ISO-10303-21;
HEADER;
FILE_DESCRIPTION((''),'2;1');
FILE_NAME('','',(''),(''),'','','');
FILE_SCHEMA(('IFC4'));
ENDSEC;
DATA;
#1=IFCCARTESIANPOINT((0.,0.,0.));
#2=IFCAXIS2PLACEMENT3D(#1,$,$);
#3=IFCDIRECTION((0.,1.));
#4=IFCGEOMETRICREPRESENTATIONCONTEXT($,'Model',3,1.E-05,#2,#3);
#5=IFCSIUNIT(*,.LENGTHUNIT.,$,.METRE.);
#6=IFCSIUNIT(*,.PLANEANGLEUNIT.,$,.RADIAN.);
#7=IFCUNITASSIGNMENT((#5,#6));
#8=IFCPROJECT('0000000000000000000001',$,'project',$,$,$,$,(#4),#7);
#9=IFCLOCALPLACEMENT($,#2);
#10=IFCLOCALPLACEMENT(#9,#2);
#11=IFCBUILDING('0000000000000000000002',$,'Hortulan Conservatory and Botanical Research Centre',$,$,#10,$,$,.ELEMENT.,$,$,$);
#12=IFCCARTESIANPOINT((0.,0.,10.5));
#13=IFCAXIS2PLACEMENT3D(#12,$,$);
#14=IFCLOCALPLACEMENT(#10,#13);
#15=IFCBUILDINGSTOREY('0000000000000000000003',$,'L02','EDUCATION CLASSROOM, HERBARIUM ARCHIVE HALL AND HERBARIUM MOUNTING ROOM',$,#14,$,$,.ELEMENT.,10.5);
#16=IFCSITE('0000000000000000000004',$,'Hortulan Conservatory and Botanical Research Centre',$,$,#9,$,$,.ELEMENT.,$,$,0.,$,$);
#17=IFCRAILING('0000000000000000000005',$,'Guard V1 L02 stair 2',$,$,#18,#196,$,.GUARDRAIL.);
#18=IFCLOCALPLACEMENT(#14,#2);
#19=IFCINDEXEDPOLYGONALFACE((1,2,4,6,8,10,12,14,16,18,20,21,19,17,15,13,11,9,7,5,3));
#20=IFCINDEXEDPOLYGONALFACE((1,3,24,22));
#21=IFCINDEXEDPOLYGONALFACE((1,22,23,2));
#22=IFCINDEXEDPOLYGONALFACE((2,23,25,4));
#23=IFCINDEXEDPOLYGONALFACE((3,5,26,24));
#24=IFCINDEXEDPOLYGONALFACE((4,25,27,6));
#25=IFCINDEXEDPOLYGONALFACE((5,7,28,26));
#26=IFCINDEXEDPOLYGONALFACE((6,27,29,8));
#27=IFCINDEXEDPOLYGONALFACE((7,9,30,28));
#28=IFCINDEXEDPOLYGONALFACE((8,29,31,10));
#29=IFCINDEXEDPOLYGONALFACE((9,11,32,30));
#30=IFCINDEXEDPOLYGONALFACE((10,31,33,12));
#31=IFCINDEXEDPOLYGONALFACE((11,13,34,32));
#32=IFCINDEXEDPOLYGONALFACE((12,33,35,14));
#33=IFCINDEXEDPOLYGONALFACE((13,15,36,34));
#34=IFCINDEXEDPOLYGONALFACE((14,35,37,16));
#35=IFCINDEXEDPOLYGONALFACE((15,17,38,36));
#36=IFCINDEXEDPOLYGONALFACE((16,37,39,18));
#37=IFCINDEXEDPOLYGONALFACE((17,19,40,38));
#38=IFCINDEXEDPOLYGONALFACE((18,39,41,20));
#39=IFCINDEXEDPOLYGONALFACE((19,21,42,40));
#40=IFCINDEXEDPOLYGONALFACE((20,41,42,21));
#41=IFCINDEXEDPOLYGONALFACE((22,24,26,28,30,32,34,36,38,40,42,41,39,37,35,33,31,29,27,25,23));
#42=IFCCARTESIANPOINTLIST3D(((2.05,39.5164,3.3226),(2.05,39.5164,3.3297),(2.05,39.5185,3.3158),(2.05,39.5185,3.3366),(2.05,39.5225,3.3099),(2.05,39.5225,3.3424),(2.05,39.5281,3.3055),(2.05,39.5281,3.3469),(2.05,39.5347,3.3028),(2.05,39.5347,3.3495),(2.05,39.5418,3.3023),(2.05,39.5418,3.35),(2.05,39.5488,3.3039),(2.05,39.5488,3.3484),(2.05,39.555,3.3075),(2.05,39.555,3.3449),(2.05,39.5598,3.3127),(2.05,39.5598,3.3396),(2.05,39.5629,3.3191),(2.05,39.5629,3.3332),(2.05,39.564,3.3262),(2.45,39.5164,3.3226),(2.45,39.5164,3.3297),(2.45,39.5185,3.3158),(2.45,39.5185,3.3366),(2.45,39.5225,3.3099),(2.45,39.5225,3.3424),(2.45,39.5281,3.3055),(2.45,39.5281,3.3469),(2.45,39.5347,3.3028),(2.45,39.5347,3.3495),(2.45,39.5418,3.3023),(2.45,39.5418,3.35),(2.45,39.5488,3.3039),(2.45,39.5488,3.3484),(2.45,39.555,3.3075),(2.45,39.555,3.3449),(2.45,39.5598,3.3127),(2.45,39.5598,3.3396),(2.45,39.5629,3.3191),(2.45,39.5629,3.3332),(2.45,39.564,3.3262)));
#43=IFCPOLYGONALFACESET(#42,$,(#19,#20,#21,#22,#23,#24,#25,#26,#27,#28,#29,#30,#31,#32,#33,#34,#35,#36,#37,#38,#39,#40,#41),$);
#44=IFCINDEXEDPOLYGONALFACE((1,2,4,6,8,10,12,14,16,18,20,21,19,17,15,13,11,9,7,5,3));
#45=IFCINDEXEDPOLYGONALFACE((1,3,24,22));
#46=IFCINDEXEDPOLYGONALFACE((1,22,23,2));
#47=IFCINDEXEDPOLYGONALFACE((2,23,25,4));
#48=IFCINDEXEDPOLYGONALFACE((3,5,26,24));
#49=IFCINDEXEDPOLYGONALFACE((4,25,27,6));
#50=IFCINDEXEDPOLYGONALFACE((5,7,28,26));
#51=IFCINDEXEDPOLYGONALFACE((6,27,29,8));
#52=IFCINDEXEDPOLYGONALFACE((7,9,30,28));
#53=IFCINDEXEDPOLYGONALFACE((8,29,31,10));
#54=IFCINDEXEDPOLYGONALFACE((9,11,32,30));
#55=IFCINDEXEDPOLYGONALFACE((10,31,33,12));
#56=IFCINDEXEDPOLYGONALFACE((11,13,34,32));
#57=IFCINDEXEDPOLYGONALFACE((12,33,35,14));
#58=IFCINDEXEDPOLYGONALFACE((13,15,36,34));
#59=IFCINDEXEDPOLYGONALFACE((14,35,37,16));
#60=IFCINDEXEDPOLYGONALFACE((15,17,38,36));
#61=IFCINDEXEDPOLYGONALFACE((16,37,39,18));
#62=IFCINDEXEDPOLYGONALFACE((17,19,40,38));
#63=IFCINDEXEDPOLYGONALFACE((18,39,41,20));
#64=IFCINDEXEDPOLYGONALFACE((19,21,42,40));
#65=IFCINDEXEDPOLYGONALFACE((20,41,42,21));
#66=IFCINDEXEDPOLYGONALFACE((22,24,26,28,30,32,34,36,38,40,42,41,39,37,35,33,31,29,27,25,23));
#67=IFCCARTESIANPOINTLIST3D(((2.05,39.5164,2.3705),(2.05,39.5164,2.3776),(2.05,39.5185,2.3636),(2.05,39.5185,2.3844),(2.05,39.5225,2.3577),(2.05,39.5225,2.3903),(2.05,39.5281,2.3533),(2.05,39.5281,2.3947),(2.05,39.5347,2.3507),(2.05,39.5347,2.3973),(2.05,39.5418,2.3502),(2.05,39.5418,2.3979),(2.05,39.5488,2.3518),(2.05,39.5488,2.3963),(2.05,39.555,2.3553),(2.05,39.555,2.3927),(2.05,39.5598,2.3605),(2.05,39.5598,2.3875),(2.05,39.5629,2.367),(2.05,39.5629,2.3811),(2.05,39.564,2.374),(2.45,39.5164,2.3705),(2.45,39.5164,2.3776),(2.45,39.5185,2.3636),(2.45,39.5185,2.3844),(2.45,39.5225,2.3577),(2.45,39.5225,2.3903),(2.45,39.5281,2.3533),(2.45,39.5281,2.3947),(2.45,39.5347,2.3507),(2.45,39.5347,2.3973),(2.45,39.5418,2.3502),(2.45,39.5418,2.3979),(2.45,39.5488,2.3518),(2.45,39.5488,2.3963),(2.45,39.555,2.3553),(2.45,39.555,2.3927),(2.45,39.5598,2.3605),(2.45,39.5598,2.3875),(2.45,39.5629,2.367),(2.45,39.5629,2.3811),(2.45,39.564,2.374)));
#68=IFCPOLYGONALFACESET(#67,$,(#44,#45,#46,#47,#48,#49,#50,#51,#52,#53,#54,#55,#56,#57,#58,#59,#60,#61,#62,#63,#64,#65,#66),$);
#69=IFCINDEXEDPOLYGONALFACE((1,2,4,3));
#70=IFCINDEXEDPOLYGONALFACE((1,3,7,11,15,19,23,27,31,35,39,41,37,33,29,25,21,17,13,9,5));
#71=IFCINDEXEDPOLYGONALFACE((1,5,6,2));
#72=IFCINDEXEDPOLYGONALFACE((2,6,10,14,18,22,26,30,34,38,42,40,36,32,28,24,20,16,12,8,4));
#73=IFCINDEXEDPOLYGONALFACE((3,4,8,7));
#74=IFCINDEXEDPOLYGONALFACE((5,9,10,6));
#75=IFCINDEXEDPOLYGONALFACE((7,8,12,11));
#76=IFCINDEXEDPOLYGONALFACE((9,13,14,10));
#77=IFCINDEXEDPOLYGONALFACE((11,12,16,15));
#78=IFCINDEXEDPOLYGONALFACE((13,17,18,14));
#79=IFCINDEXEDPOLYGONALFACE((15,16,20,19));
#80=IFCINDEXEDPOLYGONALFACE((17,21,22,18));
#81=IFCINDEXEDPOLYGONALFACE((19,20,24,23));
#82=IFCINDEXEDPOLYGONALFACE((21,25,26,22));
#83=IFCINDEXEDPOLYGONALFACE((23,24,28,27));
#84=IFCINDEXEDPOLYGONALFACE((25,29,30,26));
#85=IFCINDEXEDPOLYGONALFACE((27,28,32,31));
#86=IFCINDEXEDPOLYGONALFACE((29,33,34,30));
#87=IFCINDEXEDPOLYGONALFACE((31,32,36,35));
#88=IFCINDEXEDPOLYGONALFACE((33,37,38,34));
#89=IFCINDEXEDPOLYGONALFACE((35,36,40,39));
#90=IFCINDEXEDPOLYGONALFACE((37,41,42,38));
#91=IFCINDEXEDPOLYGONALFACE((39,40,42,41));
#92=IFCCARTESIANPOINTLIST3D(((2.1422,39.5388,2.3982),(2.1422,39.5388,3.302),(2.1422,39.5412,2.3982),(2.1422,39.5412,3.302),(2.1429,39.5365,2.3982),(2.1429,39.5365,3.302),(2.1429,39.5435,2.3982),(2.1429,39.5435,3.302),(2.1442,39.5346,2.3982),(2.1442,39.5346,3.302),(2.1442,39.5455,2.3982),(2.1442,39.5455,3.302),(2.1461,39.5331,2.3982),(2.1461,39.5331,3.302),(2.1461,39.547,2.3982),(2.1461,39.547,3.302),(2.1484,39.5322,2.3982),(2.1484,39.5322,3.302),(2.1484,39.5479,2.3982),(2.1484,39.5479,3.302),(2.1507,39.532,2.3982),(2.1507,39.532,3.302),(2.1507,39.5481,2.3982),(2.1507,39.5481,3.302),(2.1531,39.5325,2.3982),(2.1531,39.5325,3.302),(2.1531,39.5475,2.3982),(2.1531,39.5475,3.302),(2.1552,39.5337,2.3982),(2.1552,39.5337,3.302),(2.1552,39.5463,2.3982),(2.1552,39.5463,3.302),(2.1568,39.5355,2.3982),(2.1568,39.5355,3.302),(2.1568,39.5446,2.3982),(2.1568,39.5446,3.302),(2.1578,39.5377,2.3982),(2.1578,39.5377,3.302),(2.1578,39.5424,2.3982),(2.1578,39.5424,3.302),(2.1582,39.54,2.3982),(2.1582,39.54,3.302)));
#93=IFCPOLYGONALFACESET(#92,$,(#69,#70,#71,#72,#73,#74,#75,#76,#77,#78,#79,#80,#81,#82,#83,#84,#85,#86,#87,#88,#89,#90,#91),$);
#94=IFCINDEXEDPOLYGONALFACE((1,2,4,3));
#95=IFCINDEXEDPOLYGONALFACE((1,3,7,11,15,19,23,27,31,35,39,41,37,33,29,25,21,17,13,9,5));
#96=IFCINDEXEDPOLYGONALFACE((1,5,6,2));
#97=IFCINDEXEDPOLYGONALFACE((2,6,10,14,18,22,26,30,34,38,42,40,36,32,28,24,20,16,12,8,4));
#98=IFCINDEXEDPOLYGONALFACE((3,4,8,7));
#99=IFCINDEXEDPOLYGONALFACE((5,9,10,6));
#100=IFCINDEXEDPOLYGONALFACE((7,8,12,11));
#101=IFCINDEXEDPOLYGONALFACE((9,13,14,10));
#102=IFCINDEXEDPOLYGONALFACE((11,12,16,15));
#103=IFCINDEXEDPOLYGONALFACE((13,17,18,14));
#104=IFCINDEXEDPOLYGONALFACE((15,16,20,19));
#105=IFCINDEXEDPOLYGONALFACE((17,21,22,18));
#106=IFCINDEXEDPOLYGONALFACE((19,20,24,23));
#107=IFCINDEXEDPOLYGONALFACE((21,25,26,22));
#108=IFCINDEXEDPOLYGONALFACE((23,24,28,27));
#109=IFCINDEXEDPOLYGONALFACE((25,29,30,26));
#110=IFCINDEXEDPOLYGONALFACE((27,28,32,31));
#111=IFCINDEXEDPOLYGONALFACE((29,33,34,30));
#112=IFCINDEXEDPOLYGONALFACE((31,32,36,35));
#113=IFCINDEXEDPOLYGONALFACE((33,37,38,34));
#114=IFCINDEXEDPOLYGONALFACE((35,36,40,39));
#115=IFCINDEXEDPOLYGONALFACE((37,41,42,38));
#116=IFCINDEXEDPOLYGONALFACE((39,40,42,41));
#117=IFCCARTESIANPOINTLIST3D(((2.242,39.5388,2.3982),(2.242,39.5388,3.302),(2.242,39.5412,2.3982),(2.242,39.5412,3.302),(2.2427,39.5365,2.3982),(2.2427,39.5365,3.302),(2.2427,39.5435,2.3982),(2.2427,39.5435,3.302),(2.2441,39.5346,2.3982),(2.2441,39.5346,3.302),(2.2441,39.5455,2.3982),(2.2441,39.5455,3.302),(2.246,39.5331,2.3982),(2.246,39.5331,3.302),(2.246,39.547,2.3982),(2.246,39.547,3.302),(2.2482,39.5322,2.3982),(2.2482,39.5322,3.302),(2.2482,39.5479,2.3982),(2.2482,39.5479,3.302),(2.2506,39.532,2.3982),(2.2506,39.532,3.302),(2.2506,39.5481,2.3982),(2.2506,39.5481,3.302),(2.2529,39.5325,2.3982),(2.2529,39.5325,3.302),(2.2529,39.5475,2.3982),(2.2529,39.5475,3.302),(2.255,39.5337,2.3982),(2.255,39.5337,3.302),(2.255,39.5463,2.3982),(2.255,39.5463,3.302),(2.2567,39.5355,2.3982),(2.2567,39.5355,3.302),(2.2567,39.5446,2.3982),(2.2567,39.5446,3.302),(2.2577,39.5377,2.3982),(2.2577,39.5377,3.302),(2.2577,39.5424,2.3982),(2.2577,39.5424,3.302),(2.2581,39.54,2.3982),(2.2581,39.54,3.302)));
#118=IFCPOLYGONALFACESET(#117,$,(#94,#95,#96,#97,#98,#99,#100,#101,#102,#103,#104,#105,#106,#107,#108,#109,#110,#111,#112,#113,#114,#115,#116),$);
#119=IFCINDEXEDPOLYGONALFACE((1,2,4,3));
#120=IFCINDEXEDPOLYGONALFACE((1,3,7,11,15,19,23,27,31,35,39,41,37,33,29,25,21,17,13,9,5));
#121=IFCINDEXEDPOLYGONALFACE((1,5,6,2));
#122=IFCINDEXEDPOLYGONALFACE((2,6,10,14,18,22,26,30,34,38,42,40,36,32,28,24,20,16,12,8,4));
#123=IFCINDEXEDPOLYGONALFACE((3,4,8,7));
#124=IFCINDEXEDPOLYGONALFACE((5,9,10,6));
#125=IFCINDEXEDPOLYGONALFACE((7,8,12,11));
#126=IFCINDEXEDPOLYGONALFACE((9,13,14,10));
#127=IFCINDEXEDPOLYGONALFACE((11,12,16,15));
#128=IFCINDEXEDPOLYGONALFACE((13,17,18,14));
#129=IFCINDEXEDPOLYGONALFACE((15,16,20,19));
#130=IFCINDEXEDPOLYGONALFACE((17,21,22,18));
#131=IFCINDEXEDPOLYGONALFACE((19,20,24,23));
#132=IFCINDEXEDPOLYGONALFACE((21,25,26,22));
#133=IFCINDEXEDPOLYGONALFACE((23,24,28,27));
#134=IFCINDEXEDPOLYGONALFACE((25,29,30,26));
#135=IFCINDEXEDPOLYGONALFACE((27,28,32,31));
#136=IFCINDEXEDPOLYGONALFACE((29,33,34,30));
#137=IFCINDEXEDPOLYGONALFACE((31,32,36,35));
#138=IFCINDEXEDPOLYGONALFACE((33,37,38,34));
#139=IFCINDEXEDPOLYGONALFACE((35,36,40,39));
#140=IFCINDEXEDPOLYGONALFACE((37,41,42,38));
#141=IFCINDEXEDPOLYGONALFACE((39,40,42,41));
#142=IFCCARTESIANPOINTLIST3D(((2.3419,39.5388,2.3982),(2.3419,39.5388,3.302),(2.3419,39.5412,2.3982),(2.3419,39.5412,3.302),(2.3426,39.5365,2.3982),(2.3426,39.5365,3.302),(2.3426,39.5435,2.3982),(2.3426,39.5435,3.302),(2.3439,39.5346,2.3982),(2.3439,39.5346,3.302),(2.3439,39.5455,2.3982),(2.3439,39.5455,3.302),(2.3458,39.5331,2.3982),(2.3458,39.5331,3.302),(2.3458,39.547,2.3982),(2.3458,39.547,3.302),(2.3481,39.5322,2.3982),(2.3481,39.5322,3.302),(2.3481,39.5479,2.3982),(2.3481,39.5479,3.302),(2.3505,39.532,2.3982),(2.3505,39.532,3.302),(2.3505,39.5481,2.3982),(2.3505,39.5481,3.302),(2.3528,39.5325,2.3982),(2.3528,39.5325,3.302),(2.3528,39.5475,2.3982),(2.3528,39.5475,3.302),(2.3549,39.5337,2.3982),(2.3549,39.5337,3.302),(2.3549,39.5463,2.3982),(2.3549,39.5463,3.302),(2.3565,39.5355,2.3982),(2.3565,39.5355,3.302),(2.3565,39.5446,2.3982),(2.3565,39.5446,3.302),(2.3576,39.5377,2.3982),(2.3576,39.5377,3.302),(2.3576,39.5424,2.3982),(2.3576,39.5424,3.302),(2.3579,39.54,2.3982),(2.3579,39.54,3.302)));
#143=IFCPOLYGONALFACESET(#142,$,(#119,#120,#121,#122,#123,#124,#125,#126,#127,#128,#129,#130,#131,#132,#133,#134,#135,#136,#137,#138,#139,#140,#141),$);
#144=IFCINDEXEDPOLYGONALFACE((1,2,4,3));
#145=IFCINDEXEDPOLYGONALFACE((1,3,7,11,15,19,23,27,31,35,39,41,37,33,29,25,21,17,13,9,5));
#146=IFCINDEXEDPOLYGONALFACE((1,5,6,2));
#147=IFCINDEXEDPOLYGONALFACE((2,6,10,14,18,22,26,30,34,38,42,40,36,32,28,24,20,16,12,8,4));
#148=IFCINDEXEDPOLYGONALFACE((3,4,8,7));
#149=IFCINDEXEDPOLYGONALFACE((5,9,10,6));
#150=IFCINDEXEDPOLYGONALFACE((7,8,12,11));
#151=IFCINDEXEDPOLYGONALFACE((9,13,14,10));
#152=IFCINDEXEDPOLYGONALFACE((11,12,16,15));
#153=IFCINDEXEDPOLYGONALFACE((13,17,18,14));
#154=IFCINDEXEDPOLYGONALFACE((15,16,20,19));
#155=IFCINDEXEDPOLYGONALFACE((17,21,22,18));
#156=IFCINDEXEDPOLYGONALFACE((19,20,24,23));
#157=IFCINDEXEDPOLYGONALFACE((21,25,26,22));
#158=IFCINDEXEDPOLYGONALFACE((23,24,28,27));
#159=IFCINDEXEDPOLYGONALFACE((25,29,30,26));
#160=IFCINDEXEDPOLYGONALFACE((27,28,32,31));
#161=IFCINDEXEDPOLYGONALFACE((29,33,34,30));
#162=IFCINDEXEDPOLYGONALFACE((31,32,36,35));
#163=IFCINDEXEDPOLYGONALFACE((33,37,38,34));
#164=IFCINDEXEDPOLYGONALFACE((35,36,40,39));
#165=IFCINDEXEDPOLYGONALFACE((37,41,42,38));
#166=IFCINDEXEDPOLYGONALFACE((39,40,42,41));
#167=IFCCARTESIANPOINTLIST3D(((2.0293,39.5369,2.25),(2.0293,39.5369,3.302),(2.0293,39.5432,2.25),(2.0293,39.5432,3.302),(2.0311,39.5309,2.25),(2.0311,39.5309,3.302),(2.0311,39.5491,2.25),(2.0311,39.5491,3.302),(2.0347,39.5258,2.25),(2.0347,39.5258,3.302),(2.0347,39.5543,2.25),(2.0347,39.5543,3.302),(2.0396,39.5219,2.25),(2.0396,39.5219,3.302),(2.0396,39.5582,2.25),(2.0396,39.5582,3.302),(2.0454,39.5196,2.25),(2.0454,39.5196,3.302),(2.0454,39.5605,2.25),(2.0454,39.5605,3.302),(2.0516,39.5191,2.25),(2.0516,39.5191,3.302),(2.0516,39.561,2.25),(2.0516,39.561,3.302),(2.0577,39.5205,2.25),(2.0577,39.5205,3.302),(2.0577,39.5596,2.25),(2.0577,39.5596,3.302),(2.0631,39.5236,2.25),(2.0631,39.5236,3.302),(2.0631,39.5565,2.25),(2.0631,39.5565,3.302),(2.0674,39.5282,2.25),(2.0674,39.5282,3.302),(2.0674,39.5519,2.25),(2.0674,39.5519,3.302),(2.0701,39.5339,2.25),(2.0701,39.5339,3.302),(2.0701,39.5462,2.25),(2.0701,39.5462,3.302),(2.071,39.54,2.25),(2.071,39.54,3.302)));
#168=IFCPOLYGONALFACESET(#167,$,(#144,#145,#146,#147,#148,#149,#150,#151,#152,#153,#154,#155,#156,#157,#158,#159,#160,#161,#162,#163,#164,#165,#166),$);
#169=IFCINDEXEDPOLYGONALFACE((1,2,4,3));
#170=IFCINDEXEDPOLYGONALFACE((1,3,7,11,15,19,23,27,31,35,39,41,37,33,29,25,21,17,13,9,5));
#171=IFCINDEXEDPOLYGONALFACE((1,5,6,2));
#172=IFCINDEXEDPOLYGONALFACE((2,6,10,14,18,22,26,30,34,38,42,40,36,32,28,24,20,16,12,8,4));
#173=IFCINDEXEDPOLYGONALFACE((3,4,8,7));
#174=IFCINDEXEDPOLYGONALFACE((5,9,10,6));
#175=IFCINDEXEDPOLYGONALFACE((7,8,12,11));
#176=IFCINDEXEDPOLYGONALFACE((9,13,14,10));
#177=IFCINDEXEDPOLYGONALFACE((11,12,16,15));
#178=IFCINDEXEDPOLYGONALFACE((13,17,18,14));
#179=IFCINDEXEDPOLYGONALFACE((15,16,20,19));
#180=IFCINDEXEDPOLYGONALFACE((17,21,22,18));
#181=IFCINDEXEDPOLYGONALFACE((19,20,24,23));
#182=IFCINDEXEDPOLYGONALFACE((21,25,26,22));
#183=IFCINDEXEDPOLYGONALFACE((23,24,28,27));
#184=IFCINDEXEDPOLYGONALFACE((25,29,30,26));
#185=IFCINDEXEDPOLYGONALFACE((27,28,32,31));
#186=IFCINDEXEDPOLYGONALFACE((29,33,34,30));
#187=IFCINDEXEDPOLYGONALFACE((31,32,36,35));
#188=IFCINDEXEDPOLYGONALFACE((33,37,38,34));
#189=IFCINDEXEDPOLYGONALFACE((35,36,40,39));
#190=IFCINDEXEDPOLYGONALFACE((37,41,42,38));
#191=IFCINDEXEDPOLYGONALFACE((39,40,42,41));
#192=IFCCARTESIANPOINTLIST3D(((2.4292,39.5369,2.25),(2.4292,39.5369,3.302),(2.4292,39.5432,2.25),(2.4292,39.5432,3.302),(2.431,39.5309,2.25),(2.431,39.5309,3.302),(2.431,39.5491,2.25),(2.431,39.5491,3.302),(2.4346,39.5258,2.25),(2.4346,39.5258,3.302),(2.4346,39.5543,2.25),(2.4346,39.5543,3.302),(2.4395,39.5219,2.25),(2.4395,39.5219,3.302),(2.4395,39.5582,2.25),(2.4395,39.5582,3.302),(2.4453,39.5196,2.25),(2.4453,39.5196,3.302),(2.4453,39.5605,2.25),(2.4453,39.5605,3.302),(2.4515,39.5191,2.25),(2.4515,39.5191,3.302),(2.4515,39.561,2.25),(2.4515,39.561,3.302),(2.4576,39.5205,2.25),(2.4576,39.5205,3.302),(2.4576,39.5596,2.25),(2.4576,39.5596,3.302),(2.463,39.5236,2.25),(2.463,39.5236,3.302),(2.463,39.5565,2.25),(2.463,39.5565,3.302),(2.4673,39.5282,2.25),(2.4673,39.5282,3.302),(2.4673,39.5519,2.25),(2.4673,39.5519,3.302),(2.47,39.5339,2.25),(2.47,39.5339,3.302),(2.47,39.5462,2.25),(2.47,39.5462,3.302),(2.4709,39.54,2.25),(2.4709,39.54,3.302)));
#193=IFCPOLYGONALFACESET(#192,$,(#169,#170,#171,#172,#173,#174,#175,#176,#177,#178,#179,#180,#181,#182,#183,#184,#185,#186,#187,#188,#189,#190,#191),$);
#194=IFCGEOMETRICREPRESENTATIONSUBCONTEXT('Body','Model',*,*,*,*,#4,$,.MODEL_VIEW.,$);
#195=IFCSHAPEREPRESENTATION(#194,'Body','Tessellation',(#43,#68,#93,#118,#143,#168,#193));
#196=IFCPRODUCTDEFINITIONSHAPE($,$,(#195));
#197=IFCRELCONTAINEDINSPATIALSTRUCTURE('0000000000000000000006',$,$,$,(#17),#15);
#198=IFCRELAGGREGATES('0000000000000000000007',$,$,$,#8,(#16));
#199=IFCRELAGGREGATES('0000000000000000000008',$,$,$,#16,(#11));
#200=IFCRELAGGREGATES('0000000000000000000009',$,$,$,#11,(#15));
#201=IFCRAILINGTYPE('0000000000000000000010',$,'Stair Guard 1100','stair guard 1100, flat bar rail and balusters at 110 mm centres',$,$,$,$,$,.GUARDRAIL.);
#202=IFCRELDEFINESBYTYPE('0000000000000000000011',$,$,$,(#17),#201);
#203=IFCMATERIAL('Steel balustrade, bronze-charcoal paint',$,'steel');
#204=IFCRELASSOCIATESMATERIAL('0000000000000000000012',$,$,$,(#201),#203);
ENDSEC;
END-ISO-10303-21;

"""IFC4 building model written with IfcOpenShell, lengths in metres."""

from ifc_helpers import new_model, si_unit, direction, frame, origin, origin_2d, place, context, subcontext, project, spatial, circle, extrude, material, type_object, element, save


model = new_model("IFC4")

# Units and contexts
model_context = context("Model", 3, precision=1e-05, world=origin(), true_north=direction((0.0, 1.0)))
body_context = subcontext(model_context, "Body", "Model", "MODEL_VIEW")
ifc_project = project(units=[si_unit("LENGTHUNIT", "METRE"), si_unit("PLANEANGLEUNIT", "RADIAN")], contexts=[model_context])

# Site, building, storey
site_placement = place(None, origin())
site = spatial("IfcSite", under=ifc_project, at=site_placement, Name="Hortulan Conservatory and Botanical Research Centre", CompositionType="ELEMENT", RefElevation=0.0)
building_placement = place(site_placement, origin())
building = spatial("IfcBuilding", under=site, at=building_placement, Name="Hortulan Conservatory and Botanical Research Centre", CompositionType="ELEMENT")
storey_placement = place(building_placement, frame((0.0, 0.0, 10.5)))
storey = spatial("IfcBuildingStorey", under=building, at=storey_placement, Name="L02", Description="EDUCATION CLASSROOM, HERBARIUM ARCHIVE HALL AND HERBARIUM MOUNTING ROOM", CompositionType="ELEMENT", Elevation=10.5)

# Railing
ifc_material_1 = material(Name="Steel balustrade, bronze-charcoal paint", Category="steel")
railing_type_1 = type_object("IfcRailingType", Name="Stair Guard 1100", Description="stair guard 1100, flat bar rail and balusters at 110 mm centres", PredefinedType="GUARDRAIL", material=ifc_material_1)
railing_1_placement = place(storey_placement, frame((2.05, 39.54, 2.25)))
element("IfcRailing", 1, at=railing_1_placement, inside=storey, type_object=railing_type_1, Name="Guard V1 L02 stair 2", PredefinedType="GUARDRAIL", context=body_context, shape_type="SweptSolid", body=[
    extrude(circle(Radius=0.0239, at=origin_2d()), frame((0.0, 0.0, 1.0762), z_axis=(1.0, 0.0, 0.0), x_axis=(0.0, 1.0, 0.0)), (0.0, 0.0, 1.0), 0.3999),
    extrude(circle(Radius=0.0239, at=origin_2d()), frame((0.0, 0.0, 0.124), z_axis=(1.0, 0.0, 0.0), x_axis=(0.0, 1.0, 0.0)), (0.0, 0.0, 1.0), 0.3999),
    extrude(circle(Radius=0.0081, at=origin_2d()), frame((0.1001, 0.0, 0.1482)), (0.0, 0.0, 1.0), 0.9038),
    extrude(circle(Radius=0.0081, at=origin_2d()), frame((0.2, 0.0, 0.1482)), (0.0, 0.0, 1.0), 0.9038),
    extrude(circle(Radius=0.0081, at=origin_2d()), frame((0.2998, 0.0, 0.1482)), (0.0, 0.0, 1.0), 0.9038),
    extrude(circle(Radius=0.021, at=origin_2d()), origin(), (0.0, 0.0, 1.0), 1.052),
    extrude(circle(Radius=0.021, at=origin_2d()), frame((0.3999, 0.0, 0.0)), (0.0, 0.0, 1.0), 1.052),
])

save(model, "model.ifc")
